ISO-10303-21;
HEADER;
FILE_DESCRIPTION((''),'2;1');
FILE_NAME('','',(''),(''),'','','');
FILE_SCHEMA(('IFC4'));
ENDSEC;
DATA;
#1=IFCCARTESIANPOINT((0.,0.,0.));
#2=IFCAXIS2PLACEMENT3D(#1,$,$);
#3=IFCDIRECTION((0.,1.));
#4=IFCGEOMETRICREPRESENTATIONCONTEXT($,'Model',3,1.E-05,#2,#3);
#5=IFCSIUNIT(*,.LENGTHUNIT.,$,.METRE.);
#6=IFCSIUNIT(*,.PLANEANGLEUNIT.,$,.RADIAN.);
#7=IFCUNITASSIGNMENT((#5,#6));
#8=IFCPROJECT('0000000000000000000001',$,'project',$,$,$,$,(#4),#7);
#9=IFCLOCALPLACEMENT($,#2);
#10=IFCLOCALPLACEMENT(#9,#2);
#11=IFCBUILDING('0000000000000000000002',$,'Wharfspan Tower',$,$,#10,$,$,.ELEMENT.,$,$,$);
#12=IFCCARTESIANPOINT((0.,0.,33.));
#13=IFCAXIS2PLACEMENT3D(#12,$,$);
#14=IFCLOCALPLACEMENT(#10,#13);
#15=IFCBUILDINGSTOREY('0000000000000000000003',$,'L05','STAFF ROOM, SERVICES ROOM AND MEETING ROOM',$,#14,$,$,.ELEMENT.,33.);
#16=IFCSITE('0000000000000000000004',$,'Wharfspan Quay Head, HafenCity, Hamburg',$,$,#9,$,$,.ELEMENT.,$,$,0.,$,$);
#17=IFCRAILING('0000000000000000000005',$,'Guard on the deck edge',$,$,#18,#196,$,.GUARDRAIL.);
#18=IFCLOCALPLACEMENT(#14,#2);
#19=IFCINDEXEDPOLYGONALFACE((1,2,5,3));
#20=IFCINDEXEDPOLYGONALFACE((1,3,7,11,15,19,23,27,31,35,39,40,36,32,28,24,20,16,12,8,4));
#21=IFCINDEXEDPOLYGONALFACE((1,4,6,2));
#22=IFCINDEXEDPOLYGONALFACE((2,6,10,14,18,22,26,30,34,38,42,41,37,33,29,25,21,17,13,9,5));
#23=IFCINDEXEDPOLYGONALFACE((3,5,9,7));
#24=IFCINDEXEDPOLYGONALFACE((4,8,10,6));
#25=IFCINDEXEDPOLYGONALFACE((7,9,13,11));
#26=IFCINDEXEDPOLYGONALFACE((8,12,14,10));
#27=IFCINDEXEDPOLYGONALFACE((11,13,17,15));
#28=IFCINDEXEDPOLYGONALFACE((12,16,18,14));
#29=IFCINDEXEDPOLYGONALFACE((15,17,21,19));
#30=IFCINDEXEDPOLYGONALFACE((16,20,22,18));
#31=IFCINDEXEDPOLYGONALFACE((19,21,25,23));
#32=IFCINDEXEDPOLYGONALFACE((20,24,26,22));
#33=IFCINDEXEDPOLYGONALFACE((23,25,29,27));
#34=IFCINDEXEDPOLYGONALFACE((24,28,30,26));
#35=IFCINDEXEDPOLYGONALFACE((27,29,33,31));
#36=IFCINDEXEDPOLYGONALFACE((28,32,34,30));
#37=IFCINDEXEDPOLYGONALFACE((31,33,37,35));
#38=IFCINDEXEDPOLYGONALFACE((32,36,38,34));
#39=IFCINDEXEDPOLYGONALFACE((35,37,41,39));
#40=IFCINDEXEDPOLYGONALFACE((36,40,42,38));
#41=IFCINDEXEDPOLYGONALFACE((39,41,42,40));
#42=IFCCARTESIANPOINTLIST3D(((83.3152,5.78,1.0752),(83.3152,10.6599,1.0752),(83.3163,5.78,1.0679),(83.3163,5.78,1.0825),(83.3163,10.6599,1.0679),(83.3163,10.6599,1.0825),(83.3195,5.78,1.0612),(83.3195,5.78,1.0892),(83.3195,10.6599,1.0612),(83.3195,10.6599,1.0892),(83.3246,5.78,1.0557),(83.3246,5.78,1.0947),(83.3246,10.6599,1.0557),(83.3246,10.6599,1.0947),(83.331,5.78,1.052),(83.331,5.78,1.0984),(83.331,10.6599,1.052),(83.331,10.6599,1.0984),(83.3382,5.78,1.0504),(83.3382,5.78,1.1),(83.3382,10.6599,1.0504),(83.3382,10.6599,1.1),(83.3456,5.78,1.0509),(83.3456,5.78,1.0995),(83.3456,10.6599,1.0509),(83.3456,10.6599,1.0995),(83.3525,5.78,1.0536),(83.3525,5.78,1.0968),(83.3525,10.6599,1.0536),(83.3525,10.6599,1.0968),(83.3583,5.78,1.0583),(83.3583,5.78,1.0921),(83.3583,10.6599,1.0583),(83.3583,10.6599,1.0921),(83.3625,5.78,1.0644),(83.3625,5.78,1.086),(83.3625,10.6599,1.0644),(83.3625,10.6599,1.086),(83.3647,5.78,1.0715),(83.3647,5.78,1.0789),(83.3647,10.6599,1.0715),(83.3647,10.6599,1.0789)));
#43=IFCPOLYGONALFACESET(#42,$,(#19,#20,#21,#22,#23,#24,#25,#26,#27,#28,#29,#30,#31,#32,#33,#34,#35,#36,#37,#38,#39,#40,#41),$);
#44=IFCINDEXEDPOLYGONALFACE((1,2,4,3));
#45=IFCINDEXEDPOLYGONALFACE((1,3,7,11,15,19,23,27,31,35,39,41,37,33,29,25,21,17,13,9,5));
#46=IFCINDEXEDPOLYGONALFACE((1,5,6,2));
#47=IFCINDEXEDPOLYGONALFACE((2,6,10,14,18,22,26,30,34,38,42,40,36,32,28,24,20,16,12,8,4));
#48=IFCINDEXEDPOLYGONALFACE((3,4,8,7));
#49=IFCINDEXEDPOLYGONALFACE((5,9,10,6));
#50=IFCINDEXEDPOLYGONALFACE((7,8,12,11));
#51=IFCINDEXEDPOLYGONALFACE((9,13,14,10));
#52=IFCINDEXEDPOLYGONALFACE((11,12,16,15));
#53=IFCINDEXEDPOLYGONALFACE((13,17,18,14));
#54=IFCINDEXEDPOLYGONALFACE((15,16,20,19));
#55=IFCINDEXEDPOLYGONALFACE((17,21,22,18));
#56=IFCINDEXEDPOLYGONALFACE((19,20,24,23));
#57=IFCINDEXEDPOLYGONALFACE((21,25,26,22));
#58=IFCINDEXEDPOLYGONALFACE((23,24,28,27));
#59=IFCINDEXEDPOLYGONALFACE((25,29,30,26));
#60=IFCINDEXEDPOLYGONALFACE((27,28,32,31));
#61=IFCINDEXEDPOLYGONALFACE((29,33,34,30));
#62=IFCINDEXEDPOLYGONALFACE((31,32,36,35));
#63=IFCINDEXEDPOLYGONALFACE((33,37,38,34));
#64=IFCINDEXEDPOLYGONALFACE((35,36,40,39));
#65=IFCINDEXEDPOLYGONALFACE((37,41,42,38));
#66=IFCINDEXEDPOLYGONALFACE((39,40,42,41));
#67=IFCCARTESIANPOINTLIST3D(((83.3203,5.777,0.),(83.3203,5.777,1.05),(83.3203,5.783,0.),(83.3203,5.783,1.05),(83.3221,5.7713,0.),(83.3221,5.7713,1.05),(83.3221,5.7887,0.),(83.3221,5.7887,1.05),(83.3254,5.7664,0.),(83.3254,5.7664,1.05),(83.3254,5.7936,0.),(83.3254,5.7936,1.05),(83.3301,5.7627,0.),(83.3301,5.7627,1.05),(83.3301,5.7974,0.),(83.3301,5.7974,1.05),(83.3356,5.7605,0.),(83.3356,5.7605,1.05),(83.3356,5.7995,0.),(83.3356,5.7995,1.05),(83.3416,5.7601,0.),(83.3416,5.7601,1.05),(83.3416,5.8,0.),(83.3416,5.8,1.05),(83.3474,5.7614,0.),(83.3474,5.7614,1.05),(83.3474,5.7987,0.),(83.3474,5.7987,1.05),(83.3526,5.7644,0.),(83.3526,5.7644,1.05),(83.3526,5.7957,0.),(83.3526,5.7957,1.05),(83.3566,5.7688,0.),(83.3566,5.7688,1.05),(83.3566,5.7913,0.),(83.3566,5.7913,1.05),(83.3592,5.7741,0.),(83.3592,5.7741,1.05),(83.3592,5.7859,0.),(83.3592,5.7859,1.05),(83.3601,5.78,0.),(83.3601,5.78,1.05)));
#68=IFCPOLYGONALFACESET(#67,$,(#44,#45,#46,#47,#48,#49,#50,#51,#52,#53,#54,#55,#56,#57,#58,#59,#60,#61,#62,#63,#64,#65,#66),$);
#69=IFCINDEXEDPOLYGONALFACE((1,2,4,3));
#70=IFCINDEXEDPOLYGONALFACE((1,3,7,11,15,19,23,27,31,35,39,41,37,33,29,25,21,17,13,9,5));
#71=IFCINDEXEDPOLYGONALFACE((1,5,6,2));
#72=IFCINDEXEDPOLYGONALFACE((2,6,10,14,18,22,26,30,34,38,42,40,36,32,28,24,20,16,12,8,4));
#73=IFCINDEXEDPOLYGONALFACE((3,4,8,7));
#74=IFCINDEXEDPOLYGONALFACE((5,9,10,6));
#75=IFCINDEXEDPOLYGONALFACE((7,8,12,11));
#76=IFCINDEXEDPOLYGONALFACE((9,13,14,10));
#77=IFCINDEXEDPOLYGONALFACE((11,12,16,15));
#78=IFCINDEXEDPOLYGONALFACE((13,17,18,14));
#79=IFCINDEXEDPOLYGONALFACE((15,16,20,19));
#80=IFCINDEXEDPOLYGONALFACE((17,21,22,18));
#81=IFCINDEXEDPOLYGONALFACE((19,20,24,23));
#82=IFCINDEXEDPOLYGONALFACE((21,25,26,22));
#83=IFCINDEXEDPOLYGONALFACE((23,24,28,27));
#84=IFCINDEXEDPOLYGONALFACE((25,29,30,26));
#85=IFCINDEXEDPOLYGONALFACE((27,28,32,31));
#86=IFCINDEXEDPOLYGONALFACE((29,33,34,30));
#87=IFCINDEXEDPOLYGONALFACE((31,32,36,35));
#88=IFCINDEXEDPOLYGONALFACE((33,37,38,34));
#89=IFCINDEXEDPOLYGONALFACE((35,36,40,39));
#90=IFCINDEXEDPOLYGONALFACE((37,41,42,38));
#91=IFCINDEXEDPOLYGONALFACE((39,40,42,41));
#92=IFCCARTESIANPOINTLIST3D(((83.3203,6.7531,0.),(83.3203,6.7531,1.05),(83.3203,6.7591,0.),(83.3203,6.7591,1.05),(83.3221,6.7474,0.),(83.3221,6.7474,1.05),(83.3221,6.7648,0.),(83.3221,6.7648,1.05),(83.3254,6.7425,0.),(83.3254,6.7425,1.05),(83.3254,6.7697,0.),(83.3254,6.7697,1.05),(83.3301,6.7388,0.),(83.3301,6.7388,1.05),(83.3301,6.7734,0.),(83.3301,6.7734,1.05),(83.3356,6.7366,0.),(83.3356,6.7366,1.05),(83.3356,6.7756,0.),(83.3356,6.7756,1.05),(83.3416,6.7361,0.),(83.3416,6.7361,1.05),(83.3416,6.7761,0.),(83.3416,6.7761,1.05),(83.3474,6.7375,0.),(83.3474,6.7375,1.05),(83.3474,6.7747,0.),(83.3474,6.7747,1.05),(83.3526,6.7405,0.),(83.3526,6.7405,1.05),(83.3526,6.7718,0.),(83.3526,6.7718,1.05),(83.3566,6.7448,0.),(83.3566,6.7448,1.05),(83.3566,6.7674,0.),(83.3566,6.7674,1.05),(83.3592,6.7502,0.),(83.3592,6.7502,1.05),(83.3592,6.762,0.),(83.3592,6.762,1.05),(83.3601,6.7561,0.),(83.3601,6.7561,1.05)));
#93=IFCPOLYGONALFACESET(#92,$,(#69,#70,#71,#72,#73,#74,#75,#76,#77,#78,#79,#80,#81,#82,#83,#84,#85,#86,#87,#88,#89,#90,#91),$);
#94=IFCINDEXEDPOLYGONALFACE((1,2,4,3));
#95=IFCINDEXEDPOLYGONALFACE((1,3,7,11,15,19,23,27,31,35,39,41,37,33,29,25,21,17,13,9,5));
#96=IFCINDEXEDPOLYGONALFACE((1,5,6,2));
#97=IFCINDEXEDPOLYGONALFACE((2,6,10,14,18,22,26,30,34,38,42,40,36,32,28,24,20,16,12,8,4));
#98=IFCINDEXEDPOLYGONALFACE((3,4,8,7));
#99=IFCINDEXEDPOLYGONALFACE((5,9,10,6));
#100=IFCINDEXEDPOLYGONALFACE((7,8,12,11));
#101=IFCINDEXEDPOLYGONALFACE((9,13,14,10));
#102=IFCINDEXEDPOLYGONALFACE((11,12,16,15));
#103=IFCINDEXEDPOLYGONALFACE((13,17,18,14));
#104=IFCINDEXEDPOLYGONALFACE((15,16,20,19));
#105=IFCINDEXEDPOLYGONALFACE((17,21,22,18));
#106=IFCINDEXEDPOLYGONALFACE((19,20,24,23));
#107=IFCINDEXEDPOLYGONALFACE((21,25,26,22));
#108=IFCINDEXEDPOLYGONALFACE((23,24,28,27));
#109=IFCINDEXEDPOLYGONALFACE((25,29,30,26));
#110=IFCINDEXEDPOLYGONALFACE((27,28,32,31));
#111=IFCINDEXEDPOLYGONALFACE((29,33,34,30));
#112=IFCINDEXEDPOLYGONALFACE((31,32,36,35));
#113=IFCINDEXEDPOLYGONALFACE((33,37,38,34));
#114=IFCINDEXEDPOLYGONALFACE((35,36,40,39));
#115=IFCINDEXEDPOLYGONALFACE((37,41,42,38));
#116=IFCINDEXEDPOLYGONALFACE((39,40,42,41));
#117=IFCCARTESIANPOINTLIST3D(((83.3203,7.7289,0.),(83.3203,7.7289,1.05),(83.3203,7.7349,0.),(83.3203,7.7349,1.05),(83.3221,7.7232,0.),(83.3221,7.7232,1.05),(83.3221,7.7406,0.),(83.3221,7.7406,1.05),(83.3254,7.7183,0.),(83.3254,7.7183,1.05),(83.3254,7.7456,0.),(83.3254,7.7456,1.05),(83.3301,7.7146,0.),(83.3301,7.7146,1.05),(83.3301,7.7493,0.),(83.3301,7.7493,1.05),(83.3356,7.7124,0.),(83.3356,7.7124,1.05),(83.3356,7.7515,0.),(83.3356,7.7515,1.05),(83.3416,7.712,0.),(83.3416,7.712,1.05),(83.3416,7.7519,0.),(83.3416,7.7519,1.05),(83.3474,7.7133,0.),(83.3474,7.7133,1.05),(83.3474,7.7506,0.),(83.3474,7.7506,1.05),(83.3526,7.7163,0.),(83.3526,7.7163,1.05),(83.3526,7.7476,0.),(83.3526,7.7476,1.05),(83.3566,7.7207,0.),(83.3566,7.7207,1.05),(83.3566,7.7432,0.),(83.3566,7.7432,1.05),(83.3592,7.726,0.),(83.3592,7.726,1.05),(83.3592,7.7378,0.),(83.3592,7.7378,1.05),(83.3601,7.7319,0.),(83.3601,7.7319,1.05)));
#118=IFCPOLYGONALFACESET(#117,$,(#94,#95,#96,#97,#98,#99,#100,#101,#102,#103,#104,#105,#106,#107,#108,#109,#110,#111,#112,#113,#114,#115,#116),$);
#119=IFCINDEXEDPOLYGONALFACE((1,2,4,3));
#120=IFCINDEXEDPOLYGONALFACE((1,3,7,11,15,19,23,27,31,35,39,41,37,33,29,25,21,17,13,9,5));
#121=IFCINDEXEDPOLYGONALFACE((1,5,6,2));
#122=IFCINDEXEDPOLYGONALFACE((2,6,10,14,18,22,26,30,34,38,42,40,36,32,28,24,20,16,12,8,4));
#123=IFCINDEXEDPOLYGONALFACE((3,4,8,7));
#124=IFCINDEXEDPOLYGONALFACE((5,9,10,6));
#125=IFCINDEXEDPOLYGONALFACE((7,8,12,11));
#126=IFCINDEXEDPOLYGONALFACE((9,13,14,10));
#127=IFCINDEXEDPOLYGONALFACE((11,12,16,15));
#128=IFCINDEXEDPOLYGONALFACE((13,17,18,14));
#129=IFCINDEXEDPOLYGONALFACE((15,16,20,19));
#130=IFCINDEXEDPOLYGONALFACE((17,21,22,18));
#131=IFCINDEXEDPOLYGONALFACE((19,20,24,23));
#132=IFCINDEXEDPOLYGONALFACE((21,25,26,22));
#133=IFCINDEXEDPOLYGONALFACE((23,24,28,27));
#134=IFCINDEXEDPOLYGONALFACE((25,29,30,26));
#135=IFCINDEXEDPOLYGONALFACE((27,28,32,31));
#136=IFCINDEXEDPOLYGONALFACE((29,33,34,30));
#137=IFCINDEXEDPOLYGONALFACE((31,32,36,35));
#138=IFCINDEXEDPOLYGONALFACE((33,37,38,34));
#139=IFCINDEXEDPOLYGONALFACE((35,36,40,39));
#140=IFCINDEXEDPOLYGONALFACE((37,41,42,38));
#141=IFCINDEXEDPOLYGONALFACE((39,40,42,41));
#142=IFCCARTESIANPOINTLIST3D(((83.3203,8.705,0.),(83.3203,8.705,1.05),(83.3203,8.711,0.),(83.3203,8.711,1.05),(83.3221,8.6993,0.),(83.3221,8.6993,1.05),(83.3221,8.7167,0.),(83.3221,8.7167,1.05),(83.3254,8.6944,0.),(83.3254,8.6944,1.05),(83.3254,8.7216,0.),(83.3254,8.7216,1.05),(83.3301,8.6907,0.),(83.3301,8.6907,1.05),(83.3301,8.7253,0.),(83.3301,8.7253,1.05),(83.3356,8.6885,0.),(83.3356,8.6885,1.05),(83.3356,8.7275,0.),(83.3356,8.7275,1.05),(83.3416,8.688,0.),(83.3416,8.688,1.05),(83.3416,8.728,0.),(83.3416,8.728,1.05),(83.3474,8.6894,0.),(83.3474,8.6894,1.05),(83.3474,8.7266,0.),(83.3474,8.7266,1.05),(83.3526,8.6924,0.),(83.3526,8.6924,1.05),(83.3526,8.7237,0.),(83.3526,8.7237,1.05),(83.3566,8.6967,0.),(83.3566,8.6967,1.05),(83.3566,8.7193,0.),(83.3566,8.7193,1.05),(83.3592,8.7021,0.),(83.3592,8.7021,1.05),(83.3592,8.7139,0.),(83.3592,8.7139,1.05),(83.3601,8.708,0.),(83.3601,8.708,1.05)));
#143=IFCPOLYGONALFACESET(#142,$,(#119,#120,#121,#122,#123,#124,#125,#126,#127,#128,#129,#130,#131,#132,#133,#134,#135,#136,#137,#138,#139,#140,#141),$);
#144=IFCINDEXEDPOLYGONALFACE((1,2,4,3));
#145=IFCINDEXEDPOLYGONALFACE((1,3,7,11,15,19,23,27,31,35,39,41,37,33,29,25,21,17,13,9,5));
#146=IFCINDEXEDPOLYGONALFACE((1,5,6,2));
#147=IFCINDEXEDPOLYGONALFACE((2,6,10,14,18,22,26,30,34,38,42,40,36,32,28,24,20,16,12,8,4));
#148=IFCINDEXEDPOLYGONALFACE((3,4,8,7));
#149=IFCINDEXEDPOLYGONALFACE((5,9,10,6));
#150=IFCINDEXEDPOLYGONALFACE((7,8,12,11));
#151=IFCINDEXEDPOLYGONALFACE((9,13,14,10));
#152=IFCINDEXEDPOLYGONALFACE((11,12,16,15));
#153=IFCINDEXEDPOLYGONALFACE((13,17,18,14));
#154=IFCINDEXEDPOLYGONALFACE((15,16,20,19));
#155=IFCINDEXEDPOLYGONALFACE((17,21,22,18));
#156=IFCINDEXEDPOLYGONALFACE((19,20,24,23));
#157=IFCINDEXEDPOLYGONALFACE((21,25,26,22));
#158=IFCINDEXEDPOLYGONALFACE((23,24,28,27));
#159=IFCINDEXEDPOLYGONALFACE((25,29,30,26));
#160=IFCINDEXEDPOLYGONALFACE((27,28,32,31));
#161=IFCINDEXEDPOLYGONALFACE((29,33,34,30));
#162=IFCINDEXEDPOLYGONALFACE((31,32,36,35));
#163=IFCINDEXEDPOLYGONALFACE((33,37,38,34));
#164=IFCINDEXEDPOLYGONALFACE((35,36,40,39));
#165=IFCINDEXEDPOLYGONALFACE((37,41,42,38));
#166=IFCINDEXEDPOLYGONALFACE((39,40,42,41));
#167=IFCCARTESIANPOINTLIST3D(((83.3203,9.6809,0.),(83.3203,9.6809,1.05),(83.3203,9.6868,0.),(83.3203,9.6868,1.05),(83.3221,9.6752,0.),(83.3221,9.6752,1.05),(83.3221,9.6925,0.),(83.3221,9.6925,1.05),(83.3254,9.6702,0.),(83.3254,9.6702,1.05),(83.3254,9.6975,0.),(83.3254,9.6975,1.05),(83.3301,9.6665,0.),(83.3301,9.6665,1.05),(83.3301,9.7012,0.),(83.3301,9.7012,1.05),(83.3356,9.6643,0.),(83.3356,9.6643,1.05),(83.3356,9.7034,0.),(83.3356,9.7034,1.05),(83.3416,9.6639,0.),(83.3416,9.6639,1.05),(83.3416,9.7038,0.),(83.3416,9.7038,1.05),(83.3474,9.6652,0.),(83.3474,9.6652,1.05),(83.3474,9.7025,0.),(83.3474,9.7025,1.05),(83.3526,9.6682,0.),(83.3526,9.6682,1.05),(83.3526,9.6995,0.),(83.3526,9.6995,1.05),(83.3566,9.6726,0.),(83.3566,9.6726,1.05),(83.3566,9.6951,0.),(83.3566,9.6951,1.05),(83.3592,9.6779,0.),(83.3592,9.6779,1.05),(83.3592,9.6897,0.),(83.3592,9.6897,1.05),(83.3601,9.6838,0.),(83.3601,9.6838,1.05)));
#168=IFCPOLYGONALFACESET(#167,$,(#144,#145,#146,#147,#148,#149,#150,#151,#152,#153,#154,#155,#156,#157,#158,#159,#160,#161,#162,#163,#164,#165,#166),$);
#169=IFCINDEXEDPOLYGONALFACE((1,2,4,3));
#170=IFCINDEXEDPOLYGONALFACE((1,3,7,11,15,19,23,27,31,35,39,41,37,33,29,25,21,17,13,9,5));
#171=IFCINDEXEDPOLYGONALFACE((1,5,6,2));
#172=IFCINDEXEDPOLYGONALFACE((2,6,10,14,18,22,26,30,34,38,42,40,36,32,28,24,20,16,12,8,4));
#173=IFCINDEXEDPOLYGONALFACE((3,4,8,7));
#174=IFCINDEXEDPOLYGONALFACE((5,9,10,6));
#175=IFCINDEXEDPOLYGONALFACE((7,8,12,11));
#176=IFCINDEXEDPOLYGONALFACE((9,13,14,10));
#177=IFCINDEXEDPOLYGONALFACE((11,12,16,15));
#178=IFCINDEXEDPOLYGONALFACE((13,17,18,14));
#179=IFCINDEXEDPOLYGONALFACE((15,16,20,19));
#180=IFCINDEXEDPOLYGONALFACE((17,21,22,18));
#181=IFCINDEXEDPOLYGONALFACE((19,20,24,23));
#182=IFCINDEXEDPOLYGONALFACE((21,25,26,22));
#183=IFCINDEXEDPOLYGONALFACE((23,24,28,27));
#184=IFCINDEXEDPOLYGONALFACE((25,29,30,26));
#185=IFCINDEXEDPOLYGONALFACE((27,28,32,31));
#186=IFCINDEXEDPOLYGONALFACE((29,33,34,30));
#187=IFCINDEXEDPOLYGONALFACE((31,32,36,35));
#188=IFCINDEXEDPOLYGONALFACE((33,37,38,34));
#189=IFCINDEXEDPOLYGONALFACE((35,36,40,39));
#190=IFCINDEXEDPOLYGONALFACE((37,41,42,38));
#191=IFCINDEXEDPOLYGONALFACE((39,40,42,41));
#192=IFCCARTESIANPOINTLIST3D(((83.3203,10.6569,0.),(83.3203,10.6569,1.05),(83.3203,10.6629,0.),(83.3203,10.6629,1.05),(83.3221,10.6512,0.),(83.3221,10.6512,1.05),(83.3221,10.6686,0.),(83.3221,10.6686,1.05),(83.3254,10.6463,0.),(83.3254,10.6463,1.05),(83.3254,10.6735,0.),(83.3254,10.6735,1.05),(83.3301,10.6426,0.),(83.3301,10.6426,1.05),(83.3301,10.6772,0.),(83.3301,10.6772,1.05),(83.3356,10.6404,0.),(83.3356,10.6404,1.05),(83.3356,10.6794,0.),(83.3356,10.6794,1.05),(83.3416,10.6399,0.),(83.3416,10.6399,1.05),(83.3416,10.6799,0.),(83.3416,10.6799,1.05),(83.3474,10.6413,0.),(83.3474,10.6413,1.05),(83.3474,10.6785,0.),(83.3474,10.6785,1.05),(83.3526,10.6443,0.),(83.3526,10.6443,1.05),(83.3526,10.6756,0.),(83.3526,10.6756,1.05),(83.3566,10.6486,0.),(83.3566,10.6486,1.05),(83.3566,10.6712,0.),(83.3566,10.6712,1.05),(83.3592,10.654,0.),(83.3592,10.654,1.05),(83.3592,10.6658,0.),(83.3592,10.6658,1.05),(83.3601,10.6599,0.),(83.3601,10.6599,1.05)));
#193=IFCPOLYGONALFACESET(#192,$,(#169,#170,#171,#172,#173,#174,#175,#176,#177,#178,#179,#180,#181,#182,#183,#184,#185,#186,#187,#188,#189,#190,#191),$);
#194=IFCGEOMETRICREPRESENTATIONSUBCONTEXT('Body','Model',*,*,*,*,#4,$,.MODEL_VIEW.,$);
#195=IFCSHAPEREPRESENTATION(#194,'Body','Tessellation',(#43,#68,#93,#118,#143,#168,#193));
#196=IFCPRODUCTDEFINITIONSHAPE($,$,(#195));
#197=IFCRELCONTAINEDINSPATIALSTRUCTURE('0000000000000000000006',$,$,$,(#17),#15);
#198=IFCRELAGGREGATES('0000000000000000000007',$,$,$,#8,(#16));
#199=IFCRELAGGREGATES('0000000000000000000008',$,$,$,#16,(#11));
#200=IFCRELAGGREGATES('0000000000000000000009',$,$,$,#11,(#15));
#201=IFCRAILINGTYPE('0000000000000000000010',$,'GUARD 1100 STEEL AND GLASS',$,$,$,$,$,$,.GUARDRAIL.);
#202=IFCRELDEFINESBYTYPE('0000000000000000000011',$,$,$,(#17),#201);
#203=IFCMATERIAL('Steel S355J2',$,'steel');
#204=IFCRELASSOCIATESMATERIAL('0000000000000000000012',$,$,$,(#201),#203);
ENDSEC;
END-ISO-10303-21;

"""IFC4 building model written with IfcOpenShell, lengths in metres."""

from ifc_helpers import new_model, si_unit, direction, frame, origin, origin_2d, place, context, subcontext, project, spatial, circle, extrude, material, type_object, element, save


model = new_model("IFC4")

# Units and contexts
model_context = context("Model", 3, precision=1e-05, world=origin(), true_north=direction((0.0, 1.0)))
body_context = subcontext(model_context, "Body", "Model", "MODEL_VIEW")
ifc_project = project(units=[si_unit("LENGTHUNIT", "METRE"), si_unit("PLANEANGLEUNIT", "RADIAN")], contexts=[model_context])

# Site, building, storey
site_placement = place(None, origin())
site = spatial("IfcSite", under=ifc_project, at=site_placement, Name="Wharfspan Quay Head, HafenCity, Hamburg", CompositionType="ELEMENT", RefElevation=0.0)
building_placement = place(site_placement, origin())
building = spatial("IfcBuilding", under=site, at=building_placement, Name="Wharfspan Tower", CompositionType="ELEMENT")
storey_placement = place(building_placement, frame((0.0, 0.0, 33.0)))
storey = spatial("IfcBuildingStorey", under=building, at=storey_placement, Name="L05", Description="STAFF ROOM, SERVICES ROOM AND MEETING ROOM", CompositionType="ELEMENT", Elevation=33.0)

# Railing
ifc_material_1 = material(Name="Steel S355J2", Category="steel")
railing_type = type_object("IfcRailingType", Name="GUARD 1100 STEEL AND GLASS", PredefinedType="GUARDRAIL", material=ifc_material_1)
railing_1_placement = place(storey_placement, frame((83.3401, 5.78, 0.0)))
element("IfcRailing", 1, at=railing_1_placement, inside=storey, type_object=railing_type, Name="Guard on the deck edge", PredefinedType="GUARDRAIL", context=body_context, shape_type="SweptSolid", body=[
    extrude(circle(Radius=0.0249, at=origin_2d()), frame((0.0, 0.0, 1.0752), z_axis=(0.0, 1.0, 0.0), x_axis=(-1.0, 0.0, 0.0)), (0.0, 0.0, 1.0), 4.8799),
    extrude(circle(Radius=0.02, at=origin_2d()), origin(), (0.0, 0.0, 1.0), 1.05),
    extrude(circle(Radius=0.02, at=origin_2d()), frame((0.0, 0.9761, 0.0)), (0.0, 0.0, 1.0), 1.05),
    extrude(circle(Radius=0.02, at=origin_2d()), frame((0.0, 1.9519, 0.0)), (0.0, 0.0, 1.0), 1.05),
    extrude(circle(Radius=0.02, at=origin_2d()), frame((0.0, 2.928, 0.0)), (0.0, 0.0, 1.0), 1.05),
    extrude(circle(Radius=0.02, at=origin_2d()), frame((0.0, 3.9038, 0.0)), (0.0, 0.0, 1.0), 1.05),
    extrude(circle(Radius=0.02, at=origin_2d()), frame((0.0, 4.8799, 0.0)), (0.0, 0.0, 1.0), 1.05),
])

save(model, "model.ifc")
